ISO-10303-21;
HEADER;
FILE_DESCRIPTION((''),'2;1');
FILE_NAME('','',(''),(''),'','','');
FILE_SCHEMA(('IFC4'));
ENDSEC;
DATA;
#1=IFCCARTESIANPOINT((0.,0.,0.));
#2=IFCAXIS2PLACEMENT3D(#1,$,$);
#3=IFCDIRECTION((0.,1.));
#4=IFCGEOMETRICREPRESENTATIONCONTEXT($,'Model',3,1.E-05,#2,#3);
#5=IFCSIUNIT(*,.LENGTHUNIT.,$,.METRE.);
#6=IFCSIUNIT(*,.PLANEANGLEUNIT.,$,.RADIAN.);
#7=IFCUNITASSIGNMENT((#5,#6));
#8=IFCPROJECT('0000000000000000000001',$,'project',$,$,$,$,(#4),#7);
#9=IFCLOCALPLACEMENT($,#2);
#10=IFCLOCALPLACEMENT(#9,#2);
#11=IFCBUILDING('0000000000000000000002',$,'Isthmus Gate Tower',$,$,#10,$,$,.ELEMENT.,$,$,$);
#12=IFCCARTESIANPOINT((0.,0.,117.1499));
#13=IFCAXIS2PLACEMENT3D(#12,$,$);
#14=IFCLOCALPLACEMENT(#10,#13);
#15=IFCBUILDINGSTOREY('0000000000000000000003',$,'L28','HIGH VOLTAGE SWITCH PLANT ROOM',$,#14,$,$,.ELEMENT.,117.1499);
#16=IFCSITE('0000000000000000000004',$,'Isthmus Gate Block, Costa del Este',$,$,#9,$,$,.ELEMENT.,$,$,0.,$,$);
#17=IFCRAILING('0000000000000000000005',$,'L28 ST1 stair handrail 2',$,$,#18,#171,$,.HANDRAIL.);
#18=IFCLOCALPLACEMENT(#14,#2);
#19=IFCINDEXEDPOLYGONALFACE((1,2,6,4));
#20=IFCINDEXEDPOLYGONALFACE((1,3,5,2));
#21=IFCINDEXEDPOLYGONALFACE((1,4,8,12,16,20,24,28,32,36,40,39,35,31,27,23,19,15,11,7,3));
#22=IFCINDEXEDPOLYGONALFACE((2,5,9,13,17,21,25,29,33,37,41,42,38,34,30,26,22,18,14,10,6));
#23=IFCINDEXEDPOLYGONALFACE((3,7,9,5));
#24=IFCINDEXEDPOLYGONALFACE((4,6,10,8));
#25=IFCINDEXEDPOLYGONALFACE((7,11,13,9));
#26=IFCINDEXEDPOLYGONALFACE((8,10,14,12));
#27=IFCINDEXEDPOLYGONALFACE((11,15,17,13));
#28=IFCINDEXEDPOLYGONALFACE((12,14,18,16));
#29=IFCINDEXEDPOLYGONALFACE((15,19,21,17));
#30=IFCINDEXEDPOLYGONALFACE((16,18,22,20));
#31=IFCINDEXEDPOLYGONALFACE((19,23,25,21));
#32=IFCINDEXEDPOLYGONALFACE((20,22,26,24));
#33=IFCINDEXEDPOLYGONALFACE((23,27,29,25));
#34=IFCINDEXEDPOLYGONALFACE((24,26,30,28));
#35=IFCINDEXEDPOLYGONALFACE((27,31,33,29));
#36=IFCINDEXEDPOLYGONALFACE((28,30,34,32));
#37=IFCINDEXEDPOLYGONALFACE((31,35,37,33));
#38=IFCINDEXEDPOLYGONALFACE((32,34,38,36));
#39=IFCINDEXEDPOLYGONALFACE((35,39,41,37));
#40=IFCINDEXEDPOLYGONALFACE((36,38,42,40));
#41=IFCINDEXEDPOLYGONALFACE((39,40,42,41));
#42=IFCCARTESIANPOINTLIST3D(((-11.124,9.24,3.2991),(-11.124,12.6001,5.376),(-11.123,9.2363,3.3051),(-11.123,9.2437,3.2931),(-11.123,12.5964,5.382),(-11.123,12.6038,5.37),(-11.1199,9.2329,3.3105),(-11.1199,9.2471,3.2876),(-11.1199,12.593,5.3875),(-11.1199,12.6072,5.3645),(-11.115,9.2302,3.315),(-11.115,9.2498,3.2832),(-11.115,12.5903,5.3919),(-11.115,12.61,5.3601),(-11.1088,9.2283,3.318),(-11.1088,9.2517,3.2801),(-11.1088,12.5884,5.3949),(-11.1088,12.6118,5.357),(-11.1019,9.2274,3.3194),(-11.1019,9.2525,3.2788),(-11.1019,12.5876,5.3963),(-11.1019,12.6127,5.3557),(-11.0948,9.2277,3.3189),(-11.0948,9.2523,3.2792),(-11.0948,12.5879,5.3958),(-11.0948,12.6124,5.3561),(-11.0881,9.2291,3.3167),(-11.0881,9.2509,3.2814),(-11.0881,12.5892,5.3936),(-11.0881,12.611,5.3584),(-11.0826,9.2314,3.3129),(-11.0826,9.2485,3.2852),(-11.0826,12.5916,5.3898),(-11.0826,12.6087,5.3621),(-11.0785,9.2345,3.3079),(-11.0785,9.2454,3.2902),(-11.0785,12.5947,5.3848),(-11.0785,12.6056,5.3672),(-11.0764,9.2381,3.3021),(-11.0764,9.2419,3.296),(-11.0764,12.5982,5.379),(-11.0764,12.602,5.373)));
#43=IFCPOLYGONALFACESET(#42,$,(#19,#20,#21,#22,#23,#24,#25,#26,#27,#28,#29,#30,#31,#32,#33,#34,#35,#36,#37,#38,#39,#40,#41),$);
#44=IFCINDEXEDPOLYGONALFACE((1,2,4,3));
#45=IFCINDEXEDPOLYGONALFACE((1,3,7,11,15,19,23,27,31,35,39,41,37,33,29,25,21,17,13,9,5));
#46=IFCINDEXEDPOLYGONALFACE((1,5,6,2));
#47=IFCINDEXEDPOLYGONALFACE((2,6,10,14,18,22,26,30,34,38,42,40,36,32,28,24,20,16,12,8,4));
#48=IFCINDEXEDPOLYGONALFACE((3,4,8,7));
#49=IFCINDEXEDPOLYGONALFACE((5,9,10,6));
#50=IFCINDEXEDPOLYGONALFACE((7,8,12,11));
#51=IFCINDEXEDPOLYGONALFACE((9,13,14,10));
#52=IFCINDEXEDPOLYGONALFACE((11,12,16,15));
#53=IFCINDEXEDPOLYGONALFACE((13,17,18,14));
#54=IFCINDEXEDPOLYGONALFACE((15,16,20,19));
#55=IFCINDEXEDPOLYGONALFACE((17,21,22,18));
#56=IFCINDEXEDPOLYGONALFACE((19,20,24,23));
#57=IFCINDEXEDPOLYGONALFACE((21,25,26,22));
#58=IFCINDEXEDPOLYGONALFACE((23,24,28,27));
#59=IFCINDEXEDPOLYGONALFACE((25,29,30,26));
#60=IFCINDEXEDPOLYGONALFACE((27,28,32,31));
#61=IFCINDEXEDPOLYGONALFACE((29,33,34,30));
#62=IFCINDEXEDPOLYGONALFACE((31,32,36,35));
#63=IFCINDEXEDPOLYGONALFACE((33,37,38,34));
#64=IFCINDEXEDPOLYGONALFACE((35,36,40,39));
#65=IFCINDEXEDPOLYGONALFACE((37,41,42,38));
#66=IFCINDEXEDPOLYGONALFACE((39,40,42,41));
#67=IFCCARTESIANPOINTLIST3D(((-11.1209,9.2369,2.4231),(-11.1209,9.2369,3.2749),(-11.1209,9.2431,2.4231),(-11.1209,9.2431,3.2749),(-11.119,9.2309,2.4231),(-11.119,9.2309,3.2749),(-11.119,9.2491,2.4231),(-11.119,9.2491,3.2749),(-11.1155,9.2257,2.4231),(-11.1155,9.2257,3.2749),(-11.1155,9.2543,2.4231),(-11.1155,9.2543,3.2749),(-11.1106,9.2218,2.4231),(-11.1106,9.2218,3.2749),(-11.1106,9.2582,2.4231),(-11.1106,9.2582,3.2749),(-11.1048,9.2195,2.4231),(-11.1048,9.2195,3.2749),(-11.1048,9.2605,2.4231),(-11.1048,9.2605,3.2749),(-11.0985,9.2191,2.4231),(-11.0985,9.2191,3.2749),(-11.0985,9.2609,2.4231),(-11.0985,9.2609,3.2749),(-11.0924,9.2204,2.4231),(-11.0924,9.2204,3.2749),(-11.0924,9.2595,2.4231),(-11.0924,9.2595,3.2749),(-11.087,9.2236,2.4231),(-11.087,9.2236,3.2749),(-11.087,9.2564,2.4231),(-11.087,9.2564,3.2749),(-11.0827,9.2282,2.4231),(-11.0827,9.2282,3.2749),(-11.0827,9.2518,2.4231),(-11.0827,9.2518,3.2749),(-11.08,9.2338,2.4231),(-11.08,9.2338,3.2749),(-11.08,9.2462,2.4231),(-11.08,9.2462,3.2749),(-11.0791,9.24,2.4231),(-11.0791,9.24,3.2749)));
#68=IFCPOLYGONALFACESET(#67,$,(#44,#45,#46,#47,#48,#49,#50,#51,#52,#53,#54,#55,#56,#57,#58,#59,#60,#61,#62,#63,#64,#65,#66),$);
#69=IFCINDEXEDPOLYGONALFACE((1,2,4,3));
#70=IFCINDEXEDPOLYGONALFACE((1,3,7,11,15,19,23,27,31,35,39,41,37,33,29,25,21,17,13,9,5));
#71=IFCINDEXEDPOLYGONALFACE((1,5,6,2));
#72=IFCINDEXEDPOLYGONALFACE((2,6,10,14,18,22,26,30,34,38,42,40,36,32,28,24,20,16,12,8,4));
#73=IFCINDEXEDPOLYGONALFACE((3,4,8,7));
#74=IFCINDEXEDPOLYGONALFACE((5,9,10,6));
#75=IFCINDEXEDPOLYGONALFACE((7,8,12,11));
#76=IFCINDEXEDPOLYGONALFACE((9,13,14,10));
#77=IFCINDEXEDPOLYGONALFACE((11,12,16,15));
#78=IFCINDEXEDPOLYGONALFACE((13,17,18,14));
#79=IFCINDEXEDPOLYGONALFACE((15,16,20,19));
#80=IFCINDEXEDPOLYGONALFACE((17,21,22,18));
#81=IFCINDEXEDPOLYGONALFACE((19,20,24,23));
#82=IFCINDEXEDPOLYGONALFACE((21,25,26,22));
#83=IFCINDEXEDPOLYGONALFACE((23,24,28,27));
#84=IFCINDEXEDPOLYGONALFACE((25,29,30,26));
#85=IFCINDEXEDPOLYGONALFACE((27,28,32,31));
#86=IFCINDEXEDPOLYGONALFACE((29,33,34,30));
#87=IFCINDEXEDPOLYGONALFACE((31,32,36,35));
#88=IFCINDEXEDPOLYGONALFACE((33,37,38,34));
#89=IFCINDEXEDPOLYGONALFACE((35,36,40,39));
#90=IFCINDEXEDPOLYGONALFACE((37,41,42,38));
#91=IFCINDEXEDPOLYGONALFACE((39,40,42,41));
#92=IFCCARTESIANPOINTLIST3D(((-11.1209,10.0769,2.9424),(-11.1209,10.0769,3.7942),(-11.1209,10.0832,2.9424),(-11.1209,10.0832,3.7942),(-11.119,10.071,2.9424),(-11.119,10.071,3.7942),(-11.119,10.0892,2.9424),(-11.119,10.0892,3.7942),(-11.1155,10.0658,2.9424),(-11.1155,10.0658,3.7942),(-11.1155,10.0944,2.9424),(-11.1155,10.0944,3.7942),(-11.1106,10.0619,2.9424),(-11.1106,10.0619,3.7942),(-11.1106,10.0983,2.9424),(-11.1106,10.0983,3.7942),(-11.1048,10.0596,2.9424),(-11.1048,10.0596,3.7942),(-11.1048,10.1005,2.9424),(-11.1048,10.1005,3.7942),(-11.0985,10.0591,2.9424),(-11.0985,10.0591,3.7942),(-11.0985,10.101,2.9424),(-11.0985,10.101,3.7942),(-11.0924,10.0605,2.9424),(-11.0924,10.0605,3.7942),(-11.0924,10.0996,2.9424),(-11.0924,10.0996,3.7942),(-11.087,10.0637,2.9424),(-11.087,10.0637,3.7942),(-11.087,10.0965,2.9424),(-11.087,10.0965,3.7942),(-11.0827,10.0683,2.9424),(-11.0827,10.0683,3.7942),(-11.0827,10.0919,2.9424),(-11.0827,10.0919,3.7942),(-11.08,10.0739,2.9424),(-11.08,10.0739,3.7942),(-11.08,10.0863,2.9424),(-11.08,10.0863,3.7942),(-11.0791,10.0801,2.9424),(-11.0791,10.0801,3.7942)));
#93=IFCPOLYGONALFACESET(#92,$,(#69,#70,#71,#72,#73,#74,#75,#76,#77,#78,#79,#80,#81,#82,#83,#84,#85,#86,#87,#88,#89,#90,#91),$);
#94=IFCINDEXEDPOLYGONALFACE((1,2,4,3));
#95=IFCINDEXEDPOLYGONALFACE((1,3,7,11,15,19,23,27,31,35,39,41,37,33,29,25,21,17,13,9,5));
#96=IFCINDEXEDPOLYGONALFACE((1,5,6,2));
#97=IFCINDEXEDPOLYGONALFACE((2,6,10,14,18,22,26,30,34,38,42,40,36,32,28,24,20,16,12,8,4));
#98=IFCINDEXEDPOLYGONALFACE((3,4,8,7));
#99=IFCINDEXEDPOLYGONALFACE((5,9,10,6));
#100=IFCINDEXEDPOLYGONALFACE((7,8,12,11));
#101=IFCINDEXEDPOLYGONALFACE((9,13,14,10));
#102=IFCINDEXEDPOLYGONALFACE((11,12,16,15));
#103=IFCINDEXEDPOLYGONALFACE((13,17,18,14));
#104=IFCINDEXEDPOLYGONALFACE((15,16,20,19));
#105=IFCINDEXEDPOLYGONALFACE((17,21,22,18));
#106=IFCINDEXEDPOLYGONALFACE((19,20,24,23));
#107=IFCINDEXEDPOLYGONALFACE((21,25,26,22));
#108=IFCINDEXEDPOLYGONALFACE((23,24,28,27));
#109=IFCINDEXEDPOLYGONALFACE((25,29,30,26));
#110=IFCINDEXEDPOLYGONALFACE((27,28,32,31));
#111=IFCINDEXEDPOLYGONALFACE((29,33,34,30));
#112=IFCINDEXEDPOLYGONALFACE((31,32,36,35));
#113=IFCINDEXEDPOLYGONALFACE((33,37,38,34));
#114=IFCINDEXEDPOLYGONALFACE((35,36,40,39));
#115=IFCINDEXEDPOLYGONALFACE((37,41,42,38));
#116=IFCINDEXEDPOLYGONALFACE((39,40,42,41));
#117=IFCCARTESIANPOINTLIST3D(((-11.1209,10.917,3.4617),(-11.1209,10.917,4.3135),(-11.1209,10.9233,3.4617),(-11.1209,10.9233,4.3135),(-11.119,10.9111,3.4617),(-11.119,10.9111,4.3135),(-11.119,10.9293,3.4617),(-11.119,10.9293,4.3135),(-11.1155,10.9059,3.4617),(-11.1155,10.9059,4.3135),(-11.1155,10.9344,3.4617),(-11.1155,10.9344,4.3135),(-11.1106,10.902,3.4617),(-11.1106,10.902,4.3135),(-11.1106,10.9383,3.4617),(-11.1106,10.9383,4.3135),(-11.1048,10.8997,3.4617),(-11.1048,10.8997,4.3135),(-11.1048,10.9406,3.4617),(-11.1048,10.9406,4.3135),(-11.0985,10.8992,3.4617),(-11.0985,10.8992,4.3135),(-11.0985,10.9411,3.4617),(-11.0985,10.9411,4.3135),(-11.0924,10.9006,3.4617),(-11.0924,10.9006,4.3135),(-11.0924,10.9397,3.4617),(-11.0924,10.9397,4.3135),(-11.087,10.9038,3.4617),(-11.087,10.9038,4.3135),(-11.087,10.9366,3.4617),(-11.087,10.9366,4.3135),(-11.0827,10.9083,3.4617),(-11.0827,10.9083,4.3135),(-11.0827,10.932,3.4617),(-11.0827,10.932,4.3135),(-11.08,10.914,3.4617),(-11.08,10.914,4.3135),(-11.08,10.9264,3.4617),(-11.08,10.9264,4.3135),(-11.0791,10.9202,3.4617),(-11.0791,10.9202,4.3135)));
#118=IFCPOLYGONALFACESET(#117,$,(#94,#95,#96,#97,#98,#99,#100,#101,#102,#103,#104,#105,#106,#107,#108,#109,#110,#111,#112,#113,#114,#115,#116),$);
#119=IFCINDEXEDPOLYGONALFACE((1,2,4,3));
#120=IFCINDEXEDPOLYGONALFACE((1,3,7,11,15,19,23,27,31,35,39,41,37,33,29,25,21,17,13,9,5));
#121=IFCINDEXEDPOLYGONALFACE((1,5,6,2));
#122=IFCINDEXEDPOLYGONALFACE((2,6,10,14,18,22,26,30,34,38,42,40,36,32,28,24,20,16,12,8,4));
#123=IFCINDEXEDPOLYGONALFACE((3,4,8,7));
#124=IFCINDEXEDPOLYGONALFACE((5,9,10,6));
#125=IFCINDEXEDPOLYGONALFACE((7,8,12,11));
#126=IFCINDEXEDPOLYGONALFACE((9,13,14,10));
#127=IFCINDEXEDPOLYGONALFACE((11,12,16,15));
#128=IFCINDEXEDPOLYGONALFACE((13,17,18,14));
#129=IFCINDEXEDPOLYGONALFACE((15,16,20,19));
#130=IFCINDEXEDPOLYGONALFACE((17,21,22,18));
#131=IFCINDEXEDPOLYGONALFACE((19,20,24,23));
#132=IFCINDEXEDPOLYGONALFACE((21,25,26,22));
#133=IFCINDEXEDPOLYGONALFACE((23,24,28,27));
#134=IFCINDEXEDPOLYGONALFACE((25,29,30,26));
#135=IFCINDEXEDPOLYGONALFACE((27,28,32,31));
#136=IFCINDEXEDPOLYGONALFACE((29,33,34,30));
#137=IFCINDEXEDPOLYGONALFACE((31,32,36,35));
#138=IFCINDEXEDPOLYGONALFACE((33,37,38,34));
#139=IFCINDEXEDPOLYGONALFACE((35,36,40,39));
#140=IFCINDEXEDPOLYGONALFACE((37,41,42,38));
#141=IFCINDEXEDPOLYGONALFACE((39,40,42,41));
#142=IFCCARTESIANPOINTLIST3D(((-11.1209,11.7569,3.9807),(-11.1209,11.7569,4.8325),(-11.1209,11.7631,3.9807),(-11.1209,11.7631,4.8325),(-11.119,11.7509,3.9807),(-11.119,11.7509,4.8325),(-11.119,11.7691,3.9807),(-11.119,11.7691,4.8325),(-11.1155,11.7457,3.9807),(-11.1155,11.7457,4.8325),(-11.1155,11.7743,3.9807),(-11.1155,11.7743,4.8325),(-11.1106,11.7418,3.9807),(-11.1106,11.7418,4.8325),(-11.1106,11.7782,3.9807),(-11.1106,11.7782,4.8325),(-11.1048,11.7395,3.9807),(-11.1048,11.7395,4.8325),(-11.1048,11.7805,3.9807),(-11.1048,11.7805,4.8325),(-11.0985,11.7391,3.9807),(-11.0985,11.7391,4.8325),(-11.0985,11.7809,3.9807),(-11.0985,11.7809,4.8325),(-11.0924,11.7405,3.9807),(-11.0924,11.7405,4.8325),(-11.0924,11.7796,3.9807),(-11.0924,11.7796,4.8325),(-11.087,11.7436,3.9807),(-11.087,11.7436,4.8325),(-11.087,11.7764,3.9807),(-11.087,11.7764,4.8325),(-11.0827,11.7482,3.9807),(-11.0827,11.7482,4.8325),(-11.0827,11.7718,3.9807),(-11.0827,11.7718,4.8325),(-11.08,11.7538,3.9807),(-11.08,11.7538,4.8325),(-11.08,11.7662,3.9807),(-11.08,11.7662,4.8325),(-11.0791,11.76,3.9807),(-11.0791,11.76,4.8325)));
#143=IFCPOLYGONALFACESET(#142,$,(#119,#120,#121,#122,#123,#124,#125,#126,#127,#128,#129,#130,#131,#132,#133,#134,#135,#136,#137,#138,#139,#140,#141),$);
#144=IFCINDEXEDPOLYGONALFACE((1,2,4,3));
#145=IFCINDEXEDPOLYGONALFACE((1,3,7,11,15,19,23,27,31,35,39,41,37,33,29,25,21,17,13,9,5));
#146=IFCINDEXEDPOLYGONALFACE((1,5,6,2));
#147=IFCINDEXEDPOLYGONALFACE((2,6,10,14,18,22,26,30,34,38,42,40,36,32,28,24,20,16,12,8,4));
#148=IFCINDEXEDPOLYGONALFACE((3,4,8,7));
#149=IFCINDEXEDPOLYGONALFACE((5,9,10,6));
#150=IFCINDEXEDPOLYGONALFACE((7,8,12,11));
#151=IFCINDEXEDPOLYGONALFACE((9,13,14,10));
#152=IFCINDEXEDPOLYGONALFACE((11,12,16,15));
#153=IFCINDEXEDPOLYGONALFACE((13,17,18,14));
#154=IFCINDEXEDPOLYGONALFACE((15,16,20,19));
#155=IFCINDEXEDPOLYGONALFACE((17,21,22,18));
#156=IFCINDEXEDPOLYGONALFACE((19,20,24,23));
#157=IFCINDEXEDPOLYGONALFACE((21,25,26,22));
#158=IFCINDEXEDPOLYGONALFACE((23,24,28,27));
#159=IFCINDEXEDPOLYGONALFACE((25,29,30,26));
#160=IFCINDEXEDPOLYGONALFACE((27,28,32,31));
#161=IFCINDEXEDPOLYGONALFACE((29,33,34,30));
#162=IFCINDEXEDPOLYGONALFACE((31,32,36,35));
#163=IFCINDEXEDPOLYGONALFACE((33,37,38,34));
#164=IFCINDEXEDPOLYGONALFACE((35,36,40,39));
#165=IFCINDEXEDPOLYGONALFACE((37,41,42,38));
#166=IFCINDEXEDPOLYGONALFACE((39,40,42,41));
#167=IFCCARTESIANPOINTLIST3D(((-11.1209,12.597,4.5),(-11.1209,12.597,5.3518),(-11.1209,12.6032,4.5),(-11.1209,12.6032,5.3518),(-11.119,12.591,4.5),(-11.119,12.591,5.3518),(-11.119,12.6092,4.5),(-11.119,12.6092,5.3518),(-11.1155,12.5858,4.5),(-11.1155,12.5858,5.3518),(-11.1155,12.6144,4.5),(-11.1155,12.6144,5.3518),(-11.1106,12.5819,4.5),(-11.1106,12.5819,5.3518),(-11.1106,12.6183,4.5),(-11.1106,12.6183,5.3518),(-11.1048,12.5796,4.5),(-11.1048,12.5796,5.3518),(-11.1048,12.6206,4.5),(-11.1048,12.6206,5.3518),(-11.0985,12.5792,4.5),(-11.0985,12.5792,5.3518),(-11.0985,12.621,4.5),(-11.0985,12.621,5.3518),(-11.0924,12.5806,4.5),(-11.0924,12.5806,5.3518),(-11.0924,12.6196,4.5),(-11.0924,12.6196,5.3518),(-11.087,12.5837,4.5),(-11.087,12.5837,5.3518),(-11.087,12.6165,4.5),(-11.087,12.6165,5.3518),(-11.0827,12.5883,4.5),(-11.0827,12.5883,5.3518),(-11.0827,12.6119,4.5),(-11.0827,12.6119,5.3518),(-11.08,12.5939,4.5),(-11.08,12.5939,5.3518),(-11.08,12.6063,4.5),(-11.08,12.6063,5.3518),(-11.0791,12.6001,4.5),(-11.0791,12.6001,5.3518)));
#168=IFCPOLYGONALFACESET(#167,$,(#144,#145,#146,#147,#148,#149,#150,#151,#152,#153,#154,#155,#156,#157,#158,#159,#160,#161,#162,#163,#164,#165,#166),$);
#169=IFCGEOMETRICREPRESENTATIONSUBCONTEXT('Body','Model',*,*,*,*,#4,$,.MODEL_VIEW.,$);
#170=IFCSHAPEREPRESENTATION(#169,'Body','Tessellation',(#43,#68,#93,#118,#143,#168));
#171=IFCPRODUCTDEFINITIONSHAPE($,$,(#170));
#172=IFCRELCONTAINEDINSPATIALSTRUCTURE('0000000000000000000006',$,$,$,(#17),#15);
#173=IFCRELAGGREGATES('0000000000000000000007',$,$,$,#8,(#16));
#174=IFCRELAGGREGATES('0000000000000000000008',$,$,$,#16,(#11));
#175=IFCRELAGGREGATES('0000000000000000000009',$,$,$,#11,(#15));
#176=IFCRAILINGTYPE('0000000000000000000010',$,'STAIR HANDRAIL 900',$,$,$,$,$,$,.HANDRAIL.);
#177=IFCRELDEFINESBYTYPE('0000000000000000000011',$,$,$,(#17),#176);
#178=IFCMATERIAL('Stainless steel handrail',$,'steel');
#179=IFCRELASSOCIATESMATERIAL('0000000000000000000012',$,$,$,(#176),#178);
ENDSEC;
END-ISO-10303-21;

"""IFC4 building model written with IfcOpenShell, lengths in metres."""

from ifc_helpers import new_model, si_unit, direction, frame, origin, origin_2d, place, context, subcontext, project, spatial, circle, extrude, material, type_object, element, save


model = new_model("IFC4")

# Units and contexts
model_context = context("Model", 3, precision=1e-05, world=origin(), true_north=direction((0.0, 1.0)))
body_context = subcontext(model_context, "Body", "Model", "MODEL_VIEW")
ifc_project = project(units=[si_unit("LENGTHUNIT", "METRE"), si_unit("PLANEANGLEUNIT", "RADIAN")], contexts=[model_context])

# Site, building, storey
site_placement = place(None, origin())
site = spatial("IfcSite", under=ifc_project, at=site_placement, Name="Isthmus Gate Block, Costa del Este", CompositionType="ELEMENT", RefElevation=0.0)
building_placement = place(site_placement, origin())
building = spatial("IfcBuilding", under=site, at=building_placement, Name="Isthmus Gate Tower", CompositionType="ELEMENT")
storey_placement = place(building_placement, frame((0.0, 0.0, 117.1499)))
storey = spatial("IfcBuildingStorey", under=building, at=storey_placement, Name="L28", Description="HIGH VOLTAGE SWITCH PLANT ROOM", CompositionType="ELEMENT", Elevation=117.1499)

# Railing
ifc_material_1 = material(Name="Stainless steel handrail", Category="steel")
railing_type_1 = type_object("IfcRailingType", Name="STAIR HANDRAIL 900", PredefinedType="HANDRAIL", material=ifc_material_1)
railing_1_placement = place(storey_placement, frame((-11.1001, 9.24, 2.4231)))
element("IfcRailing", 1, at=railing_1_placement, inside=storey, type_object=railing_type_1, Name="L28 ST1 stair handrail 2", PredefinedType="HANDRAIL", context=body_context, shape_type="SweptSolid", body=[
    extrude(circle(Radius=0.0239, at=origin_2d()), frame((0.0, 0.0, 0.876), z_axis=(0.0, 0.850623, 0.525776), x_axis=(-1.0, 0.0, 0.0)), (0.0, 0.0, 1.0), 3.9502),
    extrude(circle(Radius=0.021, at=origin_2d()), origin(), (0.0, 0.0, 1.0), 0.8518),
    extrude(circle(Radius=0.021, at=origin_2d()), frame((0.0, 0.8401, 0.5193)), (0.0, 0.0, 1.0), 0.8518),
    extrude(circle(Radius=0.021, at=origin_2d()), frame((0.0, 1.6802, 1.0386)), (0.0, 0.0, 1.0), 0.8518),
    extrude(circle(Radius=0.021, at=origin_2d()), frame((0.0, 2.52, 1.5576)), (0.0, 0.0, 1.0), 0.8518),
    extrude(circle(Radius=0.021, at=origin_2d()), frame((0.0, 3.3601, 2.0769)), (0.0, 0.0, 1.0), 0.8518),
])

save(model, "model.ifc")
